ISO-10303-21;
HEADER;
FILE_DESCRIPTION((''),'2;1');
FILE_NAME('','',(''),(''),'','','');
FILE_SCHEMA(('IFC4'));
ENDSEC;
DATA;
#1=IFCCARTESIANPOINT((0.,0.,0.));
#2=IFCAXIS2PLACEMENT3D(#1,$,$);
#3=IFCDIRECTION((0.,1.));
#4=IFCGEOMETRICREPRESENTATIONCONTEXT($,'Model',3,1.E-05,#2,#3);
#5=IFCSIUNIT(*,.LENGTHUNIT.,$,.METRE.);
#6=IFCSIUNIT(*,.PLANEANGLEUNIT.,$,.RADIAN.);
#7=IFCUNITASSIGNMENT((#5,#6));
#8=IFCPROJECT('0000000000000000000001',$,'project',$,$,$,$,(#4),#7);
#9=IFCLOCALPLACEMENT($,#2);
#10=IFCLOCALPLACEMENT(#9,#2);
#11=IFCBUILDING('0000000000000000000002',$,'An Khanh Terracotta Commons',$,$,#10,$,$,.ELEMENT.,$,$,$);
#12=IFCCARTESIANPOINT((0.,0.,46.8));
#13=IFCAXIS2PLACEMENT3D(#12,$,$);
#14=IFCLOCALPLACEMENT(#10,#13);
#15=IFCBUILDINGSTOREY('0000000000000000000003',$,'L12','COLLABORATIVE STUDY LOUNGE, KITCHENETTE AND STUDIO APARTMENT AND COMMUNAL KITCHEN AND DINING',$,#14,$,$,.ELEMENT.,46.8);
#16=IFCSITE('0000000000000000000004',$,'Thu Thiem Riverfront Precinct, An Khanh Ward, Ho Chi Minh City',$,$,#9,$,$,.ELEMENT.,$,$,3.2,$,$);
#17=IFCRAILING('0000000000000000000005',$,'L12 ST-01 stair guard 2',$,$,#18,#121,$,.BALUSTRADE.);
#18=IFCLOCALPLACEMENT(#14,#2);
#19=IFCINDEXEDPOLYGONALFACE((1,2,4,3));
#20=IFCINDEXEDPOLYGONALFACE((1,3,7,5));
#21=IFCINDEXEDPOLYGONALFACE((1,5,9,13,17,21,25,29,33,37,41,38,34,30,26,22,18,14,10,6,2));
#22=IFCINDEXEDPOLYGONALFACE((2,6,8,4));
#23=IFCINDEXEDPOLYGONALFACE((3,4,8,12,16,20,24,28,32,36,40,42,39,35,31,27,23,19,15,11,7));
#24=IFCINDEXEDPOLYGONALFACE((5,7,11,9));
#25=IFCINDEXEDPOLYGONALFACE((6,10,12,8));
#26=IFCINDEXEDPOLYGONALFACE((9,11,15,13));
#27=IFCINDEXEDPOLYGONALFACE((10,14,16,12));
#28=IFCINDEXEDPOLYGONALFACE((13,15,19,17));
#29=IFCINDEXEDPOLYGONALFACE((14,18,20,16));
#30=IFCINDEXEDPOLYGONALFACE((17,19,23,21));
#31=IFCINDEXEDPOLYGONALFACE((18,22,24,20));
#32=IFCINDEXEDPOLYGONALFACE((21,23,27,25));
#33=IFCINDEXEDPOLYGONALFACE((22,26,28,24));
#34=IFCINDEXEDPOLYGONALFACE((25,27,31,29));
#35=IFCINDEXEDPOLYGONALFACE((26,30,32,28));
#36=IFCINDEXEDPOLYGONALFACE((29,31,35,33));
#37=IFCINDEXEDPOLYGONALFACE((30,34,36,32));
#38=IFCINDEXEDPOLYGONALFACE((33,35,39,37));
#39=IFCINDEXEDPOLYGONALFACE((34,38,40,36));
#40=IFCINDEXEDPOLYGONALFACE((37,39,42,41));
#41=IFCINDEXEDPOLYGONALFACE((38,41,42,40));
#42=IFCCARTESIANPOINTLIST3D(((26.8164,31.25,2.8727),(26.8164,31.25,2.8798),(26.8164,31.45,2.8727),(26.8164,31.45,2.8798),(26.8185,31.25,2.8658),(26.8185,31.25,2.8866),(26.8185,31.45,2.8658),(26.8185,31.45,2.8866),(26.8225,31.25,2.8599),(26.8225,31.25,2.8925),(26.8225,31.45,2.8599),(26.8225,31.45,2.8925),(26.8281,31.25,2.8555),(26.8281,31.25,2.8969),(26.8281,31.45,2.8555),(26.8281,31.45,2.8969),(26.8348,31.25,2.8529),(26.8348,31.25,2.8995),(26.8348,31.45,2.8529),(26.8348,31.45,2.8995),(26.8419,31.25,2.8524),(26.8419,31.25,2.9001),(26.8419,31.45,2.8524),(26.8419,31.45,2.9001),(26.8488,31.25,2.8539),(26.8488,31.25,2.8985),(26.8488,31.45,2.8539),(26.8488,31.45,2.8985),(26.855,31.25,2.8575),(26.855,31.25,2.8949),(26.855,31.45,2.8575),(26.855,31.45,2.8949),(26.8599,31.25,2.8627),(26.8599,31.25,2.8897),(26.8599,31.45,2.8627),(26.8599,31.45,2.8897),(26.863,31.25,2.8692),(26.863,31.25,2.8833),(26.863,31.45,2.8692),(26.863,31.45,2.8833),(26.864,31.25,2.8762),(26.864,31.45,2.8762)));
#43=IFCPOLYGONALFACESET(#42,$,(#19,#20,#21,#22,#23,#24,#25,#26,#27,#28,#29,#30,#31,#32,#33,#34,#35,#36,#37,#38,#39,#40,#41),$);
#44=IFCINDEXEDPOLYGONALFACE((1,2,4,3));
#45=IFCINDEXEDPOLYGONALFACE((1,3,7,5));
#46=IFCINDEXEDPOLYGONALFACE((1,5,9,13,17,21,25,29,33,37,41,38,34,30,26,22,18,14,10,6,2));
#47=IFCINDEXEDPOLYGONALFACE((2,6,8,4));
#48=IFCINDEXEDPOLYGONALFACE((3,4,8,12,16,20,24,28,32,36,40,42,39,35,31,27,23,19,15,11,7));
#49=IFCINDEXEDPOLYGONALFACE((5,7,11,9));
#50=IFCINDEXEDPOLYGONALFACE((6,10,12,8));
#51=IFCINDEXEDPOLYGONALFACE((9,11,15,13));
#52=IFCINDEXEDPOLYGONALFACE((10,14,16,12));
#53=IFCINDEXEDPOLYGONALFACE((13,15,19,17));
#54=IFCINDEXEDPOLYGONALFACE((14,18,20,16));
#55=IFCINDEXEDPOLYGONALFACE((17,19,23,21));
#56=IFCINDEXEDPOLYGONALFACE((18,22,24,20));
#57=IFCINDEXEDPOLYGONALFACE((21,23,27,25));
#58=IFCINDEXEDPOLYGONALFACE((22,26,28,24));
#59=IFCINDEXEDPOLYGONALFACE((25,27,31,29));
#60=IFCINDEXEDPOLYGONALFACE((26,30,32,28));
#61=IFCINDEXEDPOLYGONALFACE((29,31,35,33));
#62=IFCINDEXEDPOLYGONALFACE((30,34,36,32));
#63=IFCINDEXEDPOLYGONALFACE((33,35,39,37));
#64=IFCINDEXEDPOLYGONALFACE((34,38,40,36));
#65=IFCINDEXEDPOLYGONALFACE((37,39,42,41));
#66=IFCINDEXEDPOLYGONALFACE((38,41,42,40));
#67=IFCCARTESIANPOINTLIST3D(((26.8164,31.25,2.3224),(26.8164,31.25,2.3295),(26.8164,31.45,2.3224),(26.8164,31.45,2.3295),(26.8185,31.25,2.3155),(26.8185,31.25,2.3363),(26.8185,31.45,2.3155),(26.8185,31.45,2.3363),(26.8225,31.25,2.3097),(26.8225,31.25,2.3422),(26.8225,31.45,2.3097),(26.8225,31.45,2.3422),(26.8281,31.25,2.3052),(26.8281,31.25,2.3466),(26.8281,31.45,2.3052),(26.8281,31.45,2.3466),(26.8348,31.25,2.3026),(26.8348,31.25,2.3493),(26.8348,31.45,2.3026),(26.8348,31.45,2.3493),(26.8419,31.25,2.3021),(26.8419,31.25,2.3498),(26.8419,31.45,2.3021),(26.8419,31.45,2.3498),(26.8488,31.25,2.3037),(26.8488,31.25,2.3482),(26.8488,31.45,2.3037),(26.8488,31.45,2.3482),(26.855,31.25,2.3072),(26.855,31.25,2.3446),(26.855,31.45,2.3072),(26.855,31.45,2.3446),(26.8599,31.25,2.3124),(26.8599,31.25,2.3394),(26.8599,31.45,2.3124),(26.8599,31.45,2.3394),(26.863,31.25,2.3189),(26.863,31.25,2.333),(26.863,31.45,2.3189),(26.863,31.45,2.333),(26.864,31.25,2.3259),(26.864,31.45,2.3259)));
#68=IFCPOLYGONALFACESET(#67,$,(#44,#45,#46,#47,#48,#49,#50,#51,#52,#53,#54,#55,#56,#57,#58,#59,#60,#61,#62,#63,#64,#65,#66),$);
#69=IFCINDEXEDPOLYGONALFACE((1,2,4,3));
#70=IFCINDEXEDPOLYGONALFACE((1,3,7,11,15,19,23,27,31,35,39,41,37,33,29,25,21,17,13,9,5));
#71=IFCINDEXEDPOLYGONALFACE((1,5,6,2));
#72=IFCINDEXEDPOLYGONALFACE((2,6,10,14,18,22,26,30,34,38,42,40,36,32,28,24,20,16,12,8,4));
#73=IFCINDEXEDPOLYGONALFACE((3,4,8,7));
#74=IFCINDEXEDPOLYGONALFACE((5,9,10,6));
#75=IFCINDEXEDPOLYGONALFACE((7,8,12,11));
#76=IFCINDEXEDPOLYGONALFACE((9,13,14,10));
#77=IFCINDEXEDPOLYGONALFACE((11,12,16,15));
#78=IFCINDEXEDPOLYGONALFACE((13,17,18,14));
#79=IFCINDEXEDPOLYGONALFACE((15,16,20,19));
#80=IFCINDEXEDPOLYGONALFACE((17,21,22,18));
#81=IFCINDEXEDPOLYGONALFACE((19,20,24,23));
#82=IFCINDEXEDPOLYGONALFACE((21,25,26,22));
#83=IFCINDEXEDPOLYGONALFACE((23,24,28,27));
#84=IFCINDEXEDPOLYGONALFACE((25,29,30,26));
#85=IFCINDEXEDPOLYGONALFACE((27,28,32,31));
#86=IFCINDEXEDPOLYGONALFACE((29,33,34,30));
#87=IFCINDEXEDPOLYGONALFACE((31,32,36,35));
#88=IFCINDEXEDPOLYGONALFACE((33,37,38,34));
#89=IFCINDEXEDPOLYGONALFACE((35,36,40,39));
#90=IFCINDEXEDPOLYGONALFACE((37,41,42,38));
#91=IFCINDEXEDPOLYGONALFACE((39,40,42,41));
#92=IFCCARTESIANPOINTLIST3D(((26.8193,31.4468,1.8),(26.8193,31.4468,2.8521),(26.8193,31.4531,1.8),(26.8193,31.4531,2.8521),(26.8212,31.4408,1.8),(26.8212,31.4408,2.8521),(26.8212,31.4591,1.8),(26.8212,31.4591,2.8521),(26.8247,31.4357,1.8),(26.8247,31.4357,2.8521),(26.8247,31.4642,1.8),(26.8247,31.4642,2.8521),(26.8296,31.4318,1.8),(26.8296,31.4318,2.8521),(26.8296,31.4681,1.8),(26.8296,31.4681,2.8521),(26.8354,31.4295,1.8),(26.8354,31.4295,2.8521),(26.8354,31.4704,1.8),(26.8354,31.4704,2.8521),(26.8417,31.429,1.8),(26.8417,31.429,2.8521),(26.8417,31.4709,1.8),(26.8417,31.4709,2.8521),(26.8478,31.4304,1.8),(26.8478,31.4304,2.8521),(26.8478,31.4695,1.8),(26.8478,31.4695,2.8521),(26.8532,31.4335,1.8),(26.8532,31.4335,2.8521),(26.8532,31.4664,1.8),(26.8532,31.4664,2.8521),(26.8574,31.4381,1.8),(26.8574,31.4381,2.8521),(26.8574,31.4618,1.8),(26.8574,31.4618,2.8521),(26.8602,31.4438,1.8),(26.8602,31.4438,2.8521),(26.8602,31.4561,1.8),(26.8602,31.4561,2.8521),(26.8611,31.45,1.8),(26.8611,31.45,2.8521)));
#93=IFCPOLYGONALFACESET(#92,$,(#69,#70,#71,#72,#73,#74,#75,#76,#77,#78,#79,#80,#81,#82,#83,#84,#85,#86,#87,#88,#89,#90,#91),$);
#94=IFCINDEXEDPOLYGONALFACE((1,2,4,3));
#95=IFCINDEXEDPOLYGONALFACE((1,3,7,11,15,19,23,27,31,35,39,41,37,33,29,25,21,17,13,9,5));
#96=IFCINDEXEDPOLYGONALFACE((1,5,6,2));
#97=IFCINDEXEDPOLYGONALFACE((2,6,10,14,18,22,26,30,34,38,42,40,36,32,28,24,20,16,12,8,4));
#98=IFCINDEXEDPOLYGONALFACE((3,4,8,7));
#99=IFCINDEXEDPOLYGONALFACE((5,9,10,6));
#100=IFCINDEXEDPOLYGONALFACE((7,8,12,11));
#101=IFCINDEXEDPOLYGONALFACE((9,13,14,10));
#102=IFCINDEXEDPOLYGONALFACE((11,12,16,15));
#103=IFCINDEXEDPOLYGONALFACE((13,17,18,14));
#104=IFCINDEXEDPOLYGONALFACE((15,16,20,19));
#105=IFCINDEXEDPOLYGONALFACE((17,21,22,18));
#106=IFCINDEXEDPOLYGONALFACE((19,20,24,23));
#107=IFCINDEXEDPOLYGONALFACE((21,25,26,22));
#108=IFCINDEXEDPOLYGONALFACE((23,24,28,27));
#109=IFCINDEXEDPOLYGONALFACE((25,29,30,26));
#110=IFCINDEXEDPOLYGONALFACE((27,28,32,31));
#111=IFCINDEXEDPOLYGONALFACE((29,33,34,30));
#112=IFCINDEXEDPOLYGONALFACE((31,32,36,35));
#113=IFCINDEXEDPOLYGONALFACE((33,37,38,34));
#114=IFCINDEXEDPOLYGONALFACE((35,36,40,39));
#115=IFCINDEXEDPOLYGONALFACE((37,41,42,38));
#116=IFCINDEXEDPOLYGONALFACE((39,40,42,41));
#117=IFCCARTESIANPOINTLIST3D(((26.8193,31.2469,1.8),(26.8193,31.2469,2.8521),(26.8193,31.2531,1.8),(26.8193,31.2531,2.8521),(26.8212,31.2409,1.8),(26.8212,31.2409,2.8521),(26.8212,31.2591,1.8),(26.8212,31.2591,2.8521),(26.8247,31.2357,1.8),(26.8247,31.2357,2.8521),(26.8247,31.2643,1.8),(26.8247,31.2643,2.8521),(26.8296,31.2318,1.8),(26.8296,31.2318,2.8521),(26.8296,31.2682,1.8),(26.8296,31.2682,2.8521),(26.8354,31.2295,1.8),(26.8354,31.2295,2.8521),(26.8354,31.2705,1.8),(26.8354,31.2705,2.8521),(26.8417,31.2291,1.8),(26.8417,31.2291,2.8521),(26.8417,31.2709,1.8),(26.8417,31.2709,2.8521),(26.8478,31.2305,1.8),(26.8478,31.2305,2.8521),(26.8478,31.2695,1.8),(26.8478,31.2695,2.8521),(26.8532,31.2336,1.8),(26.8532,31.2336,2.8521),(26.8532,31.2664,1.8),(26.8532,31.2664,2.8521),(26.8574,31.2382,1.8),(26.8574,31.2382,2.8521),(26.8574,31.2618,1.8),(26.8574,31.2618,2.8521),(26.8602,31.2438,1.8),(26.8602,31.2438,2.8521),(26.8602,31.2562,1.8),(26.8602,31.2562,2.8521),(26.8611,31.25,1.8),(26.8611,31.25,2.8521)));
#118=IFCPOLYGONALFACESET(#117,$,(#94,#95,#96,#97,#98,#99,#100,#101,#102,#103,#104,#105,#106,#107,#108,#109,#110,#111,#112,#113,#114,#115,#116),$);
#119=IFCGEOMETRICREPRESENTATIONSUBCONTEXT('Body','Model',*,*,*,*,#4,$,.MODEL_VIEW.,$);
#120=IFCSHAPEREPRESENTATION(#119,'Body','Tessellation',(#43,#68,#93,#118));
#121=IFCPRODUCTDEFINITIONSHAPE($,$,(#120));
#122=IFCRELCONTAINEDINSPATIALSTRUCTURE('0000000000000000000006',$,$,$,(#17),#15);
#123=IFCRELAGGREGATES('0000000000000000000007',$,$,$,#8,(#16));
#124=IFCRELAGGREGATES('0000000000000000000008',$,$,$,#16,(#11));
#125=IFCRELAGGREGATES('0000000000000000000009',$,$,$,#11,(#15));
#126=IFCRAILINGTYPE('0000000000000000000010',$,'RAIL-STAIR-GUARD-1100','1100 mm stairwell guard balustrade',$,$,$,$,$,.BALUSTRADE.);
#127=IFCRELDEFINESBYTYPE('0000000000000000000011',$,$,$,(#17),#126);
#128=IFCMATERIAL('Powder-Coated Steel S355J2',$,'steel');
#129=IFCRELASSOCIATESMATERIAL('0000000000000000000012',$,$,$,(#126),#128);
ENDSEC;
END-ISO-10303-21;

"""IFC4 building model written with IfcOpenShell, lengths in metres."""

from ifc_helpers import new_model, si_unit, direction, frame, origin, origin_2d, place, context, subcontext, project, spatial, circle, extrude, material, type_object, element, save


model = new_model("IFC4")

# Units and contexts
model_context = context("Model", 3, precision=1e-05, world=origin(), true_north=direction((0.0, 1.0)))
body_context = subcontext(model_context, "Body", "Model", "MODEL_VIEW")
ifc_project = project(units=[si_unit("LENGTHUNIT", "METRE"), si_unit("PLANEANGLEUNIT", "RADIAN")], contexts=[model_context])

# Site, building, storey
site_placement = place(None, origin())
site = spatial("IfcSite", under=ifc_project, at=site_placement, Name="Thu Thiem Riverfront Precinct, An Khanh Ward, Ho Chi Minh City", CompositionType="ELEMENT", RefElevation=3.2)
building_placement = place(site_placement, origin())
building = spatial("IfcBuilding", under=site, at=building_placement, Name="An Khanh Terracotta Commons", CompositionType="ELEMENT")
storey_placement = place(building_placement, frame((0.0, 0.0, 46.8)))
storey = spatial("IfcBuildingStorey", under=building, at=storey_placement, Name="L12", Description="COLLABORATIVE STUDY LOUNGE, KITCHENETTE AND STUDIO APARTMENT AND COMMUNAL KITCHEN AND DINING", CompositionType="ELEMENT", Elevation=46.8)

# Railing
ifc_material_1 = material(Name="Powder-Coated Steel S355J2", Category="steel")
railing_type_1 = type_object("IfcRailingType", Name="RAIL-STAIR-GUARD-1100", Description="1100 mm stairwell guard balustrade", PredefinedType="BALUSTRADE", material=ifc_material_1)
railing_1_placement = place(storey_placement, frame((26.8401, 31.45, 1.8)))
element("IfcRailing", 1, at=railing_1_placement, inside=storey, type_object=railing_type_1, Name="L12 ST-01 stair guard 2", PredefinedType="BALUSTRADE", context=body_context, shape_type="SweptSolid", body=[
    extrude(circle(Radius=0.0239, at=origin_2d()), frame((0.0, 0.0, 1.0762), z_axis=(0.0, -1.0, 0.0), x_axis=(1.0, 0.0, 0.0)), (0.0, 0.0, 1.0), 0.2),
    extrude(circle(Radius=0.0239, at=origin_2d()), frame((0.0, 0.0, 0.5259), z_axis=(0.0, -1.0, 0.0), x_axis=(1.0, 0.0, 0.0)), (0.0, 0.0, 1.0), 0.2),
    extrude(circle(Radius=0.021, at=origin_2d()), origin(), (0.0, 0.0, 1.0), 1.052),
    extrude(circle(Radius=0.021, at=origin_2d()), frame((0.0, -0.2, 0.0)), (0.0, 0.0, 1.0), 1.052),
])

save(model, "model.ifc")
